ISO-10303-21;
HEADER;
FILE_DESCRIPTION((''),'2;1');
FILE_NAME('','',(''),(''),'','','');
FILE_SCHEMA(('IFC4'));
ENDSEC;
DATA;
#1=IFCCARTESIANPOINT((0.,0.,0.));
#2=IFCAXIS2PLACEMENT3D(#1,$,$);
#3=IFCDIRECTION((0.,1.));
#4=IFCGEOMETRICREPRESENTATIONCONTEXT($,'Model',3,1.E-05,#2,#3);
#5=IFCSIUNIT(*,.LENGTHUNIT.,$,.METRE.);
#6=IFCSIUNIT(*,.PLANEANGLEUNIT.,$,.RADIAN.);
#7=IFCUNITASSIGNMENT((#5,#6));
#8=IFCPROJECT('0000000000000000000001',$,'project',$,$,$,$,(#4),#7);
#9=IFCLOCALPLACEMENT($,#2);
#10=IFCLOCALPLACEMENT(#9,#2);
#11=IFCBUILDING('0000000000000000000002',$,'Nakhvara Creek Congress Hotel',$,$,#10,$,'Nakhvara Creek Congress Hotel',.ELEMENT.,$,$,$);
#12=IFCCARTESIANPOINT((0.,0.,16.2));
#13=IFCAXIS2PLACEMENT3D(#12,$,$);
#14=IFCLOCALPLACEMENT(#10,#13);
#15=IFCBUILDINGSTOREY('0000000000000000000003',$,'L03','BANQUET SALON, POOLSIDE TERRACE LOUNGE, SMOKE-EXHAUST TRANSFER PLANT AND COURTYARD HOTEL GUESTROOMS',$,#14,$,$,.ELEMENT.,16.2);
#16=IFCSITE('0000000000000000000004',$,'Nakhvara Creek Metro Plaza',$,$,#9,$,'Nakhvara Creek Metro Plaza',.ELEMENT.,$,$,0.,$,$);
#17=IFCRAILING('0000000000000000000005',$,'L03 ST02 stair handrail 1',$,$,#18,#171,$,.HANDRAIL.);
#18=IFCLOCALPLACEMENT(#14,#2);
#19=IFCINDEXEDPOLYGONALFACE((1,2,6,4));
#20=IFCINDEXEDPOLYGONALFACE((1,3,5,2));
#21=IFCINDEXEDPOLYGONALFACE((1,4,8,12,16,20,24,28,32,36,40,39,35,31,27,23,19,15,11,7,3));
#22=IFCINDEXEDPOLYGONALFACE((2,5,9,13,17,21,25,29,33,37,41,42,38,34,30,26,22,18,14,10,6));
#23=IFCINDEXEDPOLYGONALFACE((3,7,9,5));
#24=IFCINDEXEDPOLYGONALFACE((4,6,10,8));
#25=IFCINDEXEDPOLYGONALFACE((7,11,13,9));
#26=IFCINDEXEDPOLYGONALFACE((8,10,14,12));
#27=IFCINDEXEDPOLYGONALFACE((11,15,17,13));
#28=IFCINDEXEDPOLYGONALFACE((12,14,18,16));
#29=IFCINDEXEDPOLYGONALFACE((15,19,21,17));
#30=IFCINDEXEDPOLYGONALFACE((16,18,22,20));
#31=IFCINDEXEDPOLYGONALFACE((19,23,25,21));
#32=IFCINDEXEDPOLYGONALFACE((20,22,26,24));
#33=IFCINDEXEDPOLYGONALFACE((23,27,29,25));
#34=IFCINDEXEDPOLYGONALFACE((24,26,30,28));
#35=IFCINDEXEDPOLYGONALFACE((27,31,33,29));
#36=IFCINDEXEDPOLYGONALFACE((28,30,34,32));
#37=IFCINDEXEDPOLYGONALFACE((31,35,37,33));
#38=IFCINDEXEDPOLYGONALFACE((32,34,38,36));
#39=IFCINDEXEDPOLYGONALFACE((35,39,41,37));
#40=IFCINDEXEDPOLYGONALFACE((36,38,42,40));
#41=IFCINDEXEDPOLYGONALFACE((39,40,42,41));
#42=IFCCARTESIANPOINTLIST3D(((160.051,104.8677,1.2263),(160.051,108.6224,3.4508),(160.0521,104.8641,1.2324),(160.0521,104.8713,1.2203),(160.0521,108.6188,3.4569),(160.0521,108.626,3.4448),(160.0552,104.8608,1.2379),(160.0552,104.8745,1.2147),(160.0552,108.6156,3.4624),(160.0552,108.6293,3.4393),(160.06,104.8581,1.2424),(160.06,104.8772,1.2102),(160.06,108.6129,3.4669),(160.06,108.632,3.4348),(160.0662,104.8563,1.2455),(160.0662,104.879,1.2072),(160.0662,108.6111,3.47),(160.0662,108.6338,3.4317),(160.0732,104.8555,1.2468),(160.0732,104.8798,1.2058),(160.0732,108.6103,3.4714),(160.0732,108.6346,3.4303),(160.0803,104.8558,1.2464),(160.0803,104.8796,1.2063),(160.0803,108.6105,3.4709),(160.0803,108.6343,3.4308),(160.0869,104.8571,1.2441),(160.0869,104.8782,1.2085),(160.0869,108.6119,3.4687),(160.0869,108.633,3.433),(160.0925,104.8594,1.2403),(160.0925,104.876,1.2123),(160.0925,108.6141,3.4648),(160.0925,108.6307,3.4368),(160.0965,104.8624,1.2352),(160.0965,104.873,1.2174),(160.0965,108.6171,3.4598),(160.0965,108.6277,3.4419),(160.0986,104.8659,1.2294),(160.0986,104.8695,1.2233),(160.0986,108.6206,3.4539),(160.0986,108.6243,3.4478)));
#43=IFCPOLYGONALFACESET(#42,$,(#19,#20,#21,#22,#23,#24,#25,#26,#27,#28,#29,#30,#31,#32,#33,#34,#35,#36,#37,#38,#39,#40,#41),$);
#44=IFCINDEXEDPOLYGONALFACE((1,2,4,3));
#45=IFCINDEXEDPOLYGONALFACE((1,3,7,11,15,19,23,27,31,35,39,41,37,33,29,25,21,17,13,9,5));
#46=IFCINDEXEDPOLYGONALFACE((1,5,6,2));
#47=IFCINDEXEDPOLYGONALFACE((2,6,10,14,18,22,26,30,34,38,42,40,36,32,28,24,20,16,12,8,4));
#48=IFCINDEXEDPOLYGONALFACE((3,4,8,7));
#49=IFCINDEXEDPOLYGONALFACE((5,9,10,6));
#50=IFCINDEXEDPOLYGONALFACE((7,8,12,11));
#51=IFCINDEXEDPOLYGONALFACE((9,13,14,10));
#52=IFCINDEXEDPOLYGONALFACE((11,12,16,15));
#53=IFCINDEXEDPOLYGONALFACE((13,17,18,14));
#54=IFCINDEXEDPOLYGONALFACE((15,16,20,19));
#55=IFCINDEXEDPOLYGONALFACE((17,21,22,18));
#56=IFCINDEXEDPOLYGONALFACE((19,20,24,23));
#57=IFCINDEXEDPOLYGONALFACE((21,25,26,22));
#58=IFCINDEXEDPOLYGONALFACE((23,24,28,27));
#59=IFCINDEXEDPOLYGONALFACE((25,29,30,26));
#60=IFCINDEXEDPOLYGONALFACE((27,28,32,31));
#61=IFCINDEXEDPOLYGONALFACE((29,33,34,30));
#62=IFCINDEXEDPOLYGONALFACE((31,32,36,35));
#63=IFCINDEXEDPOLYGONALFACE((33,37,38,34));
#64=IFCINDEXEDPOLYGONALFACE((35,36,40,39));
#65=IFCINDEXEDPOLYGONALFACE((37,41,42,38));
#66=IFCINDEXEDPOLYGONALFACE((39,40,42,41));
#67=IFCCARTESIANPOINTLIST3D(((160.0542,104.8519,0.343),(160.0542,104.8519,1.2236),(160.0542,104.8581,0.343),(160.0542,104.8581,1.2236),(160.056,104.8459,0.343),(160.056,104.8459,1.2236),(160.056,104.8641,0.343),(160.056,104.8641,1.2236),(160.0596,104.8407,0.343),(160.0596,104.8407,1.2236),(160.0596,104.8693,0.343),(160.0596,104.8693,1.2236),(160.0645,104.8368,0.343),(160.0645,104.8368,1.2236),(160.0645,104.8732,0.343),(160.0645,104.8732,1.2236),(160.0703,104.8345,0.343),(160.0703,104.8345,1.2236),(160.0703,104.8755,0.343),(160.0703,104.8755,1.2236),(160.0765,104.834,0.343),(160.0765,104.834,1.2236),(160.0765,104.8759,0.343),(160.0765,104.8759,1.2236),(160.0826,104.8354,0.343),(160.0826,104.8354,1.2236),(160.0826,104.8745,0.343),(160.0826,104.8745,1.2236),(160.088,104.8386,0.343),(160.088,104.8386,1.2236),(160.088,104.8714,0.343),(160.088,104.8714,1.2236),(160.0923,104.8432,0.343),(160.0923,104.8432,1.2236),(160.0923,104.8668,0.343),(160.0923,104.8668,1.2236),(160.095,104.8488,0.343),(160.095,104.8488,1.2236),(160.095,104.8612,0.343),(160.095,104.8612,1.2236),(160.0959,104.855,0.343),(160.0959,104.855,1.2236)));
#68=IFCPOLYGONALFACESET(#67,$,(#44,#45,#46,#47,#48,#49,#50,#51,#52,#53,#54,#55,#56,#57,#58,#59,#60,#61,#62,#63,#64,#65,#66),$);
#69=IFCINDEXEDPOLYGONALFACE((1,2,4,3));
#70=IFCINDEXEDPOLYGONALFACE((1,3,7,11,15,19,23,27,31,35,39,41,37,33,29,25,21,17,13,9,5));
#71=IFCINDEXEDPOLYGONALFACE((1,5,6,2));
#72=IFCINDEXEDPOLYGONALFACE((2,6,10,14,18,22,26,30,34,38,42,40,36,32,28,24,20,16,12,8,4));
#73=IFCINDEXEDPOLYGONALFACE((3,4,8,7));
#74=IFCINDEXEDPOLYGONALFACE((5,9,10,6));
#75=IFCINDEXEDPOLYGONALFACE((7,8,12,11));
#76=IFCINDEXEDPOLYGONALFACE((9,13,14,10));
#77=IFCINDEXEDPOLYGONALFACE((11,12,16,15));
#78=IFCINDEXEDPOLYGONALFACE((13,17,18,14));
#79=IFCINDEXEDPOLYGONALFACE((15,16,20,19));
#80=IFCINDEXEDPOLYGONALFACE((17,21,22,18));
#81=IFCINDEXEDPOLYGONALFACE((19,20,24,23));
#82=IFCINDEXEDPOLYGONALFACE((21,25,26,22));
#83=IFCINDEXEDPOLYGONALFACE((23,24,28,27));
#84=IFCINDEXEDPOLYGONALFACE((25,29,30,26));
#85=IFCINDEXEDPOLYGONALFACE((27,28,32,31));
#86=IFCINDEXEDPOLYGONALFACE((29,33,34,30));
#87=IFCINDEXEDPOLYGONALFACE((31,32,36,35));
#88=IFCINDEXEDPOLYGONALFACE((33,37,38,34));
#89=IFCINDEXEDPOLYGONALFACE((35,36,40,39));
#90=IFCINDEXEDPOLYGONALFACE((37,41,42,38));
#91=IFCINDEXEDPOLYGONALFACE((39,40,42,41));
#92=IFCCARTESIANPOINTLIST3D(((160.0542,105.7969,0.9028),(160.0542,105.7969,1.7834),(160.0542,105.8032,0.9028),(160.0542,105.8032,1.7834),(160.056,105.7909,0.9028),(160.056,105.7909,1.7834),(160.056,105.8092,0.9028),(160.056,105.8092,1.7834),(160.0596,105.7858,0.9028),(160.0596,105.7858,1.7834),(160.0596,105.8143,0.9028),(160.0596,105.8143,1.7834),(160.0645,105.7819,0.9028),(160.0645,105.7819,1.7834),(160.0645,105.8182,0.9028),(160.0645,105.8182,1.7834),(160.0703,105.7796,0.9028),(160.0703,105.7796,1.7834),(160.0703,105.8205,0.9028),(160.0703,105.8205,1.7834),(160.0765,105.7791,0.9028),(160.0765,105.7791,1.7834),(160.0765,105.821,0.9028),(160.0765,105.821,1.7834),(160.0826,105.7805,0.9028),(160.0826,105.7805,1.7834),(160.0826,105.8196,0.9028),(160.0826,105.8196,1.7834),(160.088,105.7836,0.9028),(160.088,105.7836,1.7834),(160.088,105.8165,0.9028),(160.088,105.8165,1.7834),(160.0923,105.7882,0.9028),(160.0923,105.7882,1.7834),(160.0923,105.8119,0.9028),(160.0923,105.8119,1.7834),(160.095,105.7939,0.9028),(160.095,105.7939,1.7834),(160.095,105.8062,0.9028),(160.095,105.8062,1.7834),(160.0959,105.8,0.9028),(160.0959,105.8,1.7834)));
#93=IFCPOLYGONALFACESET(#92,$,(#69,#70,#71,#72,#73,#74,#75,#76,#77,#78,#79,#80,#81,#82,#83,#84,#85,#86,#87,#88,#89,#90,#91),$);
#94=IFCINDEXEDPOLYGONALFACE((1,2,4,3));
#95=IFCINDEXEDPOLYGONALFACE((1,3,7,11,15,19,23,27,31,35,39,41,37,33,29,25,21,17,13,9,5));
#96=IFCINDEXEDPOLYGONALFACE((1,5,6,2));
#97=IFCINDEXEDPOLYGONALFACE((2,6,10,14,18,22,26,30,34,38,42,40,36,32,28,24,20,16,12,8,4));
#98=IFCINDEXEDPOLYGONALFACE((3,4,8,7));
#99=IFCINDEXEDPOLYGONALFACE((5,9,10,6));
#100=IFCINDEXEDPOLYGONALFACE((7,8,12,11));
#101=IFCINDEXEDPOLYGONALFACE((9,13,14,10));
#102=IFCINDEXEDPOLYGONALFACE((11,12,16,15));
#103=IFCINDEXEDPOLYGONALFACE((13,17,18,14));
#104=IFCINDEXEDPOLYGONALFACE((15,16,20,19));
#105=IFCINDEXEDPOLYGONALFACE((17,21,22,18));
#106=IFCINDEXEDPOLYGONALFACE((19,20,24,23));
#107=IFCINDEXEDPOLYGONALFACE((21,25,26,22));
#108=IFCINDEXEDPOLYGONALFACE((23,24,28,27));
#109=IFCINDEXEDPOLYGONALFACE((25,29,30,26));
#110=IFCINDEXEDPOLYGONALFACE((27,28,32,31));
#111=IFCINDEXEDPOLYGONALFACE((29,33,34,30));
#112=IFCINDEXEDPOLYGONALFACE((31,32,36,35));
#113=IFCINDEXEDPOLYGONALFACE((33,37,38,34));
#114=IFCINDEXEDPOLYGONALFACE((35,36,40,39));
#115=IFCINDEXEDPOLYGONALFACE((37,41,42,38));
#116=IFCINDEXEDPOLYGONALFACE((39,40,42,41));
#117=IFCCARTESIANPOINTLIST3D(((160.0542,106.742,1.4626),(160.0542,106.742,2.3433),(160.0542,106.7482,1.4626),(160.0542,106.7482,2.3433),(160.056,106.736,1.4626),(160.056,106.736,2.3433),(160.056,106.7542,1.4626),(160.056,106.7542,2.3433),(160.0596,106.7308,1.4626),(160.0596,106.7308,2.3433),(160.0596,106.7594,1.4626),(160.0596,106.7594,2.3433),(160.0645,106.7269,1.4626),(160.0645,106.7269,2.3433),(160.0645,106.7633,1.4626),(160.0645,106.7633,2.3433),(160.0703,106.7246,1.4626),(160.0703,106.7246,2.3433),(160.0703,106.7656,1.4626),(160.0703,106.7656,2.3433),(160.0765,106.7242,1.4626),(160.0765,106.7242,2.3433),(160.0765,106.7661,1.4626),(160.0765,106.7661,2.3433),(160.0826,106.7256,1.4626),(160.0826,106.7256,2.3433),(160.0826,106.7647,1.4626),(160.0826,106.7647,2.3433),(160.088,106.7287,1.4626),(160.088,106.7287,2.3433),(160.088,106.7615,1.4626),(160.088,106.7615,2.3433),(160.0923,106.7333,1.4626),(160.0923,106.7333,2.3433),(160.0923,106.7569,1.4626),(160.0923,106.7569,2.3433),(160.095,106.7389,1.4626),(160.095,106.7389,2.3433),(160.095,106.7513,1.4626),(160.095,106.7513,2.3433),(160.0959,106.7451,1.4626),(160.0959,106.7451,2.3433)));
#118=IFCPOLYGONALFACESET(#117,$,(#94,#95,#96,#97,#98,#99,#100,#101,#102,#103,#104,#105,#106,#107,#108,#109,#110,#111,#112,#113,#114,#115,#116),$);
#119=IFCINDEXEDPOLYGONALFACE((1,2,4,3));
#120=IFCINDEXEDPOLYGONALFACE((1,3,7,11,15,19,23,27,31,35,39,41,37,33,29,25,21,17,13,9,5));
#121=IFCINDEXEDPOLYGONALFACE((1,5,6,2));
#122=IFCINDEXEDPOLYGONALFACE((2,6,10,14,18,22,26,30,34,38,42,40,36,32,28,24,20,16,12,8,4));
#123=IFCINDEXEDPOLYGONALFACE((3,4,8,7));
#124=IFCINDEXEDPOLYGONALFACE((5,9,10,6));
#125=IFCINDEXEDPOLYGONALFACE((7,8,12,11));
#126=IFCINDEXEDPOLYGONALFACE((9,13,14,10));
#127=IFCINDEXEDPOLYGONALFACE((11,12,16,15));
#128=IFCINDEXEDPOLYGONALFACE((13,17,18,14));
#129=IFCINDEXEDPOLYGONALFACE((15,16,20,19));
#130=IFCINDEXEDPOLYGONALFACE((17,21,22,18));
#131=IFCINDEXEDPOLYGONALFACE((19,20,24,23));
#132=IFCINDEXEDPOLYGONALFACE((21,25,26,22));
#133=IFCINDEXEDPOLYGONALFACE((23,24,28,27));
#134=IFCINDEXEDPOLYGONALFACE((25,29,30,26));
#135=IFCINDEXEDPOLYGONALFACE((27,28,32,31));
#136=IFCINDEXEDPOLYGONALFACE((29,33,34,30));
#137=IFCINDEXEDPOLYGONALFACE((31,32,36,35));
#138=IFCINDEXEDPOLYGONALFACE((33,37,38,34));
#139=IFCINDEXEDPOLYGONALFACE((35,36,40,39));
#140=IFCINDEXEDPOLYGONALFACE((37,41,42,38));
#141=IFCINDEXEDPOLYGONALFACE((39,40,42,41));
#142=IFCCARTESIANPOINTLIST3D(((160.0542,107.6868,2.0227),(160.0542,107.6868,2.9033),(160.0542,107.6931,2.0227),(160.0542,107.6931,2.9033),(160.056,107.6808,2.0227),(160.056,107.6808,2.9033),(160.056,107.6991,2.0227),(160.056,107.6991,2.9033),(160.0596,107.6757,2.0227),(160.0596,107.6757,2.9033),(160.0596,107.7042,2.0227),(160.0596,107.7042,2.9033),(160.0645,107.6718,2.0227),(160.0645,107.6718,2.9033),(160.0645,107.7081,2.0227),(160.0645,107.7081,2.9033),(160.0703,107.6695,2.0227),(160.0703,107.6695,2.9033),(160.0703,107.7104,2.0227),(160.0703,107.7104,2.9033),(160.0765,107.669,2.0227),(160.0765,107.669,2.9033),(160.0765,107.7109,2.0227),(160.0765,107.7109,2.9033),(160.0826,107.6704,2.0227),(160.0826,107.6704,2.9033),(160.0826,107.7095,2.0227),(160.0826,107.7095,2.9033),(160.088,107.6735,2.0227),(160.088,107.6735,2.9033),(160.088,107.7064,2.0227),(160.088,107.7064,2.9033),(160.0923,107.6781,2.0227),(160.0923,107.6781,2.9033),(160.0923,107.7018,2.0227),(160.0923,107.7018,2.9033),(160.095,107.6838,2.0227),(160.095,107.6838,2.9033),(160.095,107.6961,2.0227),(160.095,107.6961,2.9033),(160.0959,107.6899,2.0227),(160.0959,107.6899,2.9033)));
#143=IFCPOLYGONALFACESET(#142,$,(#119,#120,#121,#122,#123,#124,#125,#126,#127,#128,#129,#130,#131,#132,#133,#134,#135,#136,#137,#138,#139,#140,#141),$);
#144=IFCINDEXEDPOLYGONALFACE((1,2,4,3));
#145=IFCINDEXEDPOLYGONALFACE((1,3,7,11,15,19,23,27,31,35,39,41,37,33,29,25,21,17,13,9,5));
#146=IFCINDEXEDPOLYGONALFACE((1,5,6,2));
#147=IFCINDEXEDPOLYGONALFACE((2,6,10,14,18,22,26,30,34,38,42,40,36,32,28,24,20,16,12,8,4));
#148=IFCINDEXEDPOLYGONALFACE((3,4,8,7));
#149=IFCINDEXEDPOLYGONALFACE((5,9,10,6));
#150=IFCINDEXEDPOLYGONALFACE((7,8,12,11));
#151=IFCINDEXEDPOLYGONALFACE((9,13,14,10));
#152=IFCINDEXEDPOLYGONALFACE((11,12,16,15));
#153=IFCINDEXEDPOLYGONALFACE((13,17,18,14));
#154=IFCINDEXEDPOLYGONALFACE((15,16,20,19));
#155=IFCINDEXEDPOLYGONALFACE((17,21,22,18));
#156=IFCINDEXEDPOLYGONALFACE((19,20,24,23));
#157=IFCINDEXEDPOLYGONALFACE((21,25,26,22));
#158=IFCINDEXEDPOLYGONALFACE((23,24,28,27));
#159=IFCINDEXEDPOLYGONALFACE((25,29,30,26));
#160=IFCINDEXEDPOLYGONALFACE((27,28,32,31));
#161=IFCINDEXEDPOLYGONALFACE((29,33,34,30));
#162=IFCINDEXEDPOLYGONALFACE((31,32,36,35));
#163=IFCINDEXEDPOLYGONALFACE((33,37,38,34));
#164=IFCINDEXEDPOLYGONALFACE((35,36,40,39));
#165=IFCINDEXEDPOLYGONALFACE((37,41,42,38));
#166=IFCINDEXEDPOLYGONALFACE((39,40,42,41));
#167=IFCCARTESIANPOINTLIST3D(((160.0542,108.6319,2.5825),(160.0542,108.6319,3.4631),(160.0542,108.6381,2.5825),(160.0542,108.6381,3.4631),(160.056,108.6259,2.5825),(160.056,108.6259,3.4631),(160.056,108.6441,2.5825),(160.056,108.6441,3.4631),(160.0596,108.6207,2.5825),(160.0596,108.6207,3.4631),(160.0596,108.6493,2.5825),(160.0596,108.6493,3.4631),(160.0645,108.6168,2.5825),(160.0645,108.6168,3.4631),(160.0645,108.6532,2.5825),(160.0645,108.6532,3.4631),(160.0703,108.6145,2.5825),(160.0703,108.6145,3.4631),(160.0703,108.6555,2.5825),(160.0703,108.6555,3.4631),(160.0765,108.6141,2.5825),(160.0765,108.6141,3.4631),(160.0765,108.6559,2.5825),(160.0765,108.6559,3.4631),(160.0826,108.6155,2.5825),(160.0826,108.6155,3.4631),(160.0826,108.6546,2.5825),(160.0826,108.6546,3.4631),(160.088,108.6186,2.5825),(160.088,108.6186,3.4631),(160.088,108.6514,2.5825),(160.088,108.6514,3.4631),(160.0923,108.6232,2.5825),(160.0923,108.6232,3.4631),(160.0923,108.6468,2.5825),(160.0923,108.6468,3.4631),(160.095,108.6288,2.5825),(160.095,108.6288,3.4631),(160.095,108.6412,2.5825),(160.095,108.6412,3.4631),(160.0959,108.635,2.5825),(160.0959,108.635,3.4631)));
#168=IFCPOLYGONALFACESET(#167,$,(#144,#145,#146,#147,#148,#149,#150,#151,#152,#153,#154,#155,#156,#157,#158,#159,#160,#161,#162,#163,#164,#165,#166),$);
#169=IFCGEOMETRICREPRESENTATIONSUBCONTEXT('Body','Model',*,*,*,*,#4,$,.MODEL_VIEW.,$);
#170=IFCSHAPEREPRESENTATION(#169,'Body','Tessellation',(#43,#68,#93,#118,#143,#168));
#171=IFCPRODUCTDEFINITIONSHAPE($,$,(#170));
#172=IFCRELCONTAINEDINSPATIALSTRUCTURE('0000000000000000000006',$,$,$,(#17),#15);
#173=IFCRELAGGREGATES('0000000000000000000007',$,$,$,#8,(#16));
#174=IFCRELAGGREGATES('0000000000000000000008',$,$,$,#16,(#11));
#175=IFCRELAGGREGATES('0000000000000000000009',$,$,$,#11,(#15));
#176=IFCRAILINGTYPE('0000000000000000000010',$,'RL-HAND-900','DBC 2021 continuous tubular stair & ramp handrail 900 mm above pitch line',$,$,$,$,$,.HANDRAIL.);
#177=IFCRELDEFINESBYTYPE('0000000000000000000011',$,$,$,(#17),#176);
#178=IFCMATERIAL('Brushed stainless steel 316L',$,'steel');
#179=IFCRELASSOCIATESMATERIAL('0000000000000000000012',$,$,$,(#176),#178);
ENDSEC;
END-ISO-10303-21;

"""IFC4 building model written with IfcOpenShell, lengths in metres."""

from ifc_helpers import new_model, si_unit, direction, frame, origin, origin_2d, place, context, subcontext, project, spatial, circle, extrude, material, type_object, element, save


model = new_model("IFC4")

# Units and contexts
model_context = context("Model", 3, precision=1e-05, world=origin(), true_north=direction((0.0, 1.0)))
body_context = subcontext(model_context, "Body", "Model", "MODEL_VIEW")
ifc_project = project(units=[si_unit("LENGTHUNIT", "METRE"), si_unit("PLANEANGLEUNIT", "RADIAN")], contexts=[model_context])

# Site, building, storey
site_placement = place(None, origin())
site = spatial("IfcSite", under=ifc_project, at=site_placement, Name="Nakhvara Creek Metro Plaza", LongName="Nakhvara Creek Metro Plaza", CompositionType="ELEMENT", RefElevation=0.0)
building_placement = place(site_placement, origin())
building = spatial("IfcBuilding", under=site, at=building_placement, Name="Nakhvara Creek Congress Hotel", LongName="Nakhvara Creek Congress Hotel", CompositionType="ELEMENT")
storey_placement = place(building_placement, frame((0.0, 0.0, 16.2)))
storey = spatial("IfcBuildingStorey", under=building, at=storey_placement, Name="L03", Description="BANQUET SALON, POOLSIDE TERRACE LOUNGE, SMOKE-EXHAUST TRANSFER PLANT AND COURTYARD HOTEL GUESTROOMS", CompositionType="ELEMENT", Elevation=16.2)

# Railing
ifc_material_1 = material(Name="Brushed stainless steel 316L", Category="steel")
railing_type_1 = type_object("IfcRailingType", Name="RL-HAND-900", Description="DBC 2021 continuous tubular stair & ramp handrail 900 mm above pitch line", PredefinedType="HANDRAIL", material=ifc_material_1)
railing_1_placement = place(storey_placement, frame((160.075, 104.855, 0.343)))
element("IfcRailing", 1, at=railing_1_placement, inside=storey, type_object=railing_type_1, Name="L03 ST02 stair handrail 1", PredefinedType="HANDRAIL", context=body_context, shape_type="SweptSolid", body=[
    extrude(circle(Radius=0.0239, at=origin_2d()), frame((0.0, 0.0127, 0.8833), z_axis=(0.0, 0.860343, 0.509716), x_axis=(-1.0, 0.0, 0.0)), (0.0, 0.0, 1.0), 4.3643),
    extrude(circle(Radius=0.021, at=origin_2d()), origin(), (0.0, 0.0, 1.0), 0.8806),
    extrude(circle(Radius=0.021, at=origin_2d()), frame((0.0, 0.9451, 0.5598)), (0.0, 0.0, 1.0), 0.8806),
    extrude(circle(Radius=0.021, at=origin_2d()), frame((0.0, 1.8901, 1.1196)), (0.0, 0.0, 1.0), 0.8806),
    extrude(circle(Radius=0.021, at=origin_2d()), frame((0.0, 2.835, 1.6797)), (0.0, 0.0, 1.0), 0.8806),
    extrude(circle(Radius=0.021, at=origin_2d()), frame((0.0, 3.78, 2.2395)), (0.0, 0.0, 1.0), 0.8806),
])

save(model, "model.ifc")
